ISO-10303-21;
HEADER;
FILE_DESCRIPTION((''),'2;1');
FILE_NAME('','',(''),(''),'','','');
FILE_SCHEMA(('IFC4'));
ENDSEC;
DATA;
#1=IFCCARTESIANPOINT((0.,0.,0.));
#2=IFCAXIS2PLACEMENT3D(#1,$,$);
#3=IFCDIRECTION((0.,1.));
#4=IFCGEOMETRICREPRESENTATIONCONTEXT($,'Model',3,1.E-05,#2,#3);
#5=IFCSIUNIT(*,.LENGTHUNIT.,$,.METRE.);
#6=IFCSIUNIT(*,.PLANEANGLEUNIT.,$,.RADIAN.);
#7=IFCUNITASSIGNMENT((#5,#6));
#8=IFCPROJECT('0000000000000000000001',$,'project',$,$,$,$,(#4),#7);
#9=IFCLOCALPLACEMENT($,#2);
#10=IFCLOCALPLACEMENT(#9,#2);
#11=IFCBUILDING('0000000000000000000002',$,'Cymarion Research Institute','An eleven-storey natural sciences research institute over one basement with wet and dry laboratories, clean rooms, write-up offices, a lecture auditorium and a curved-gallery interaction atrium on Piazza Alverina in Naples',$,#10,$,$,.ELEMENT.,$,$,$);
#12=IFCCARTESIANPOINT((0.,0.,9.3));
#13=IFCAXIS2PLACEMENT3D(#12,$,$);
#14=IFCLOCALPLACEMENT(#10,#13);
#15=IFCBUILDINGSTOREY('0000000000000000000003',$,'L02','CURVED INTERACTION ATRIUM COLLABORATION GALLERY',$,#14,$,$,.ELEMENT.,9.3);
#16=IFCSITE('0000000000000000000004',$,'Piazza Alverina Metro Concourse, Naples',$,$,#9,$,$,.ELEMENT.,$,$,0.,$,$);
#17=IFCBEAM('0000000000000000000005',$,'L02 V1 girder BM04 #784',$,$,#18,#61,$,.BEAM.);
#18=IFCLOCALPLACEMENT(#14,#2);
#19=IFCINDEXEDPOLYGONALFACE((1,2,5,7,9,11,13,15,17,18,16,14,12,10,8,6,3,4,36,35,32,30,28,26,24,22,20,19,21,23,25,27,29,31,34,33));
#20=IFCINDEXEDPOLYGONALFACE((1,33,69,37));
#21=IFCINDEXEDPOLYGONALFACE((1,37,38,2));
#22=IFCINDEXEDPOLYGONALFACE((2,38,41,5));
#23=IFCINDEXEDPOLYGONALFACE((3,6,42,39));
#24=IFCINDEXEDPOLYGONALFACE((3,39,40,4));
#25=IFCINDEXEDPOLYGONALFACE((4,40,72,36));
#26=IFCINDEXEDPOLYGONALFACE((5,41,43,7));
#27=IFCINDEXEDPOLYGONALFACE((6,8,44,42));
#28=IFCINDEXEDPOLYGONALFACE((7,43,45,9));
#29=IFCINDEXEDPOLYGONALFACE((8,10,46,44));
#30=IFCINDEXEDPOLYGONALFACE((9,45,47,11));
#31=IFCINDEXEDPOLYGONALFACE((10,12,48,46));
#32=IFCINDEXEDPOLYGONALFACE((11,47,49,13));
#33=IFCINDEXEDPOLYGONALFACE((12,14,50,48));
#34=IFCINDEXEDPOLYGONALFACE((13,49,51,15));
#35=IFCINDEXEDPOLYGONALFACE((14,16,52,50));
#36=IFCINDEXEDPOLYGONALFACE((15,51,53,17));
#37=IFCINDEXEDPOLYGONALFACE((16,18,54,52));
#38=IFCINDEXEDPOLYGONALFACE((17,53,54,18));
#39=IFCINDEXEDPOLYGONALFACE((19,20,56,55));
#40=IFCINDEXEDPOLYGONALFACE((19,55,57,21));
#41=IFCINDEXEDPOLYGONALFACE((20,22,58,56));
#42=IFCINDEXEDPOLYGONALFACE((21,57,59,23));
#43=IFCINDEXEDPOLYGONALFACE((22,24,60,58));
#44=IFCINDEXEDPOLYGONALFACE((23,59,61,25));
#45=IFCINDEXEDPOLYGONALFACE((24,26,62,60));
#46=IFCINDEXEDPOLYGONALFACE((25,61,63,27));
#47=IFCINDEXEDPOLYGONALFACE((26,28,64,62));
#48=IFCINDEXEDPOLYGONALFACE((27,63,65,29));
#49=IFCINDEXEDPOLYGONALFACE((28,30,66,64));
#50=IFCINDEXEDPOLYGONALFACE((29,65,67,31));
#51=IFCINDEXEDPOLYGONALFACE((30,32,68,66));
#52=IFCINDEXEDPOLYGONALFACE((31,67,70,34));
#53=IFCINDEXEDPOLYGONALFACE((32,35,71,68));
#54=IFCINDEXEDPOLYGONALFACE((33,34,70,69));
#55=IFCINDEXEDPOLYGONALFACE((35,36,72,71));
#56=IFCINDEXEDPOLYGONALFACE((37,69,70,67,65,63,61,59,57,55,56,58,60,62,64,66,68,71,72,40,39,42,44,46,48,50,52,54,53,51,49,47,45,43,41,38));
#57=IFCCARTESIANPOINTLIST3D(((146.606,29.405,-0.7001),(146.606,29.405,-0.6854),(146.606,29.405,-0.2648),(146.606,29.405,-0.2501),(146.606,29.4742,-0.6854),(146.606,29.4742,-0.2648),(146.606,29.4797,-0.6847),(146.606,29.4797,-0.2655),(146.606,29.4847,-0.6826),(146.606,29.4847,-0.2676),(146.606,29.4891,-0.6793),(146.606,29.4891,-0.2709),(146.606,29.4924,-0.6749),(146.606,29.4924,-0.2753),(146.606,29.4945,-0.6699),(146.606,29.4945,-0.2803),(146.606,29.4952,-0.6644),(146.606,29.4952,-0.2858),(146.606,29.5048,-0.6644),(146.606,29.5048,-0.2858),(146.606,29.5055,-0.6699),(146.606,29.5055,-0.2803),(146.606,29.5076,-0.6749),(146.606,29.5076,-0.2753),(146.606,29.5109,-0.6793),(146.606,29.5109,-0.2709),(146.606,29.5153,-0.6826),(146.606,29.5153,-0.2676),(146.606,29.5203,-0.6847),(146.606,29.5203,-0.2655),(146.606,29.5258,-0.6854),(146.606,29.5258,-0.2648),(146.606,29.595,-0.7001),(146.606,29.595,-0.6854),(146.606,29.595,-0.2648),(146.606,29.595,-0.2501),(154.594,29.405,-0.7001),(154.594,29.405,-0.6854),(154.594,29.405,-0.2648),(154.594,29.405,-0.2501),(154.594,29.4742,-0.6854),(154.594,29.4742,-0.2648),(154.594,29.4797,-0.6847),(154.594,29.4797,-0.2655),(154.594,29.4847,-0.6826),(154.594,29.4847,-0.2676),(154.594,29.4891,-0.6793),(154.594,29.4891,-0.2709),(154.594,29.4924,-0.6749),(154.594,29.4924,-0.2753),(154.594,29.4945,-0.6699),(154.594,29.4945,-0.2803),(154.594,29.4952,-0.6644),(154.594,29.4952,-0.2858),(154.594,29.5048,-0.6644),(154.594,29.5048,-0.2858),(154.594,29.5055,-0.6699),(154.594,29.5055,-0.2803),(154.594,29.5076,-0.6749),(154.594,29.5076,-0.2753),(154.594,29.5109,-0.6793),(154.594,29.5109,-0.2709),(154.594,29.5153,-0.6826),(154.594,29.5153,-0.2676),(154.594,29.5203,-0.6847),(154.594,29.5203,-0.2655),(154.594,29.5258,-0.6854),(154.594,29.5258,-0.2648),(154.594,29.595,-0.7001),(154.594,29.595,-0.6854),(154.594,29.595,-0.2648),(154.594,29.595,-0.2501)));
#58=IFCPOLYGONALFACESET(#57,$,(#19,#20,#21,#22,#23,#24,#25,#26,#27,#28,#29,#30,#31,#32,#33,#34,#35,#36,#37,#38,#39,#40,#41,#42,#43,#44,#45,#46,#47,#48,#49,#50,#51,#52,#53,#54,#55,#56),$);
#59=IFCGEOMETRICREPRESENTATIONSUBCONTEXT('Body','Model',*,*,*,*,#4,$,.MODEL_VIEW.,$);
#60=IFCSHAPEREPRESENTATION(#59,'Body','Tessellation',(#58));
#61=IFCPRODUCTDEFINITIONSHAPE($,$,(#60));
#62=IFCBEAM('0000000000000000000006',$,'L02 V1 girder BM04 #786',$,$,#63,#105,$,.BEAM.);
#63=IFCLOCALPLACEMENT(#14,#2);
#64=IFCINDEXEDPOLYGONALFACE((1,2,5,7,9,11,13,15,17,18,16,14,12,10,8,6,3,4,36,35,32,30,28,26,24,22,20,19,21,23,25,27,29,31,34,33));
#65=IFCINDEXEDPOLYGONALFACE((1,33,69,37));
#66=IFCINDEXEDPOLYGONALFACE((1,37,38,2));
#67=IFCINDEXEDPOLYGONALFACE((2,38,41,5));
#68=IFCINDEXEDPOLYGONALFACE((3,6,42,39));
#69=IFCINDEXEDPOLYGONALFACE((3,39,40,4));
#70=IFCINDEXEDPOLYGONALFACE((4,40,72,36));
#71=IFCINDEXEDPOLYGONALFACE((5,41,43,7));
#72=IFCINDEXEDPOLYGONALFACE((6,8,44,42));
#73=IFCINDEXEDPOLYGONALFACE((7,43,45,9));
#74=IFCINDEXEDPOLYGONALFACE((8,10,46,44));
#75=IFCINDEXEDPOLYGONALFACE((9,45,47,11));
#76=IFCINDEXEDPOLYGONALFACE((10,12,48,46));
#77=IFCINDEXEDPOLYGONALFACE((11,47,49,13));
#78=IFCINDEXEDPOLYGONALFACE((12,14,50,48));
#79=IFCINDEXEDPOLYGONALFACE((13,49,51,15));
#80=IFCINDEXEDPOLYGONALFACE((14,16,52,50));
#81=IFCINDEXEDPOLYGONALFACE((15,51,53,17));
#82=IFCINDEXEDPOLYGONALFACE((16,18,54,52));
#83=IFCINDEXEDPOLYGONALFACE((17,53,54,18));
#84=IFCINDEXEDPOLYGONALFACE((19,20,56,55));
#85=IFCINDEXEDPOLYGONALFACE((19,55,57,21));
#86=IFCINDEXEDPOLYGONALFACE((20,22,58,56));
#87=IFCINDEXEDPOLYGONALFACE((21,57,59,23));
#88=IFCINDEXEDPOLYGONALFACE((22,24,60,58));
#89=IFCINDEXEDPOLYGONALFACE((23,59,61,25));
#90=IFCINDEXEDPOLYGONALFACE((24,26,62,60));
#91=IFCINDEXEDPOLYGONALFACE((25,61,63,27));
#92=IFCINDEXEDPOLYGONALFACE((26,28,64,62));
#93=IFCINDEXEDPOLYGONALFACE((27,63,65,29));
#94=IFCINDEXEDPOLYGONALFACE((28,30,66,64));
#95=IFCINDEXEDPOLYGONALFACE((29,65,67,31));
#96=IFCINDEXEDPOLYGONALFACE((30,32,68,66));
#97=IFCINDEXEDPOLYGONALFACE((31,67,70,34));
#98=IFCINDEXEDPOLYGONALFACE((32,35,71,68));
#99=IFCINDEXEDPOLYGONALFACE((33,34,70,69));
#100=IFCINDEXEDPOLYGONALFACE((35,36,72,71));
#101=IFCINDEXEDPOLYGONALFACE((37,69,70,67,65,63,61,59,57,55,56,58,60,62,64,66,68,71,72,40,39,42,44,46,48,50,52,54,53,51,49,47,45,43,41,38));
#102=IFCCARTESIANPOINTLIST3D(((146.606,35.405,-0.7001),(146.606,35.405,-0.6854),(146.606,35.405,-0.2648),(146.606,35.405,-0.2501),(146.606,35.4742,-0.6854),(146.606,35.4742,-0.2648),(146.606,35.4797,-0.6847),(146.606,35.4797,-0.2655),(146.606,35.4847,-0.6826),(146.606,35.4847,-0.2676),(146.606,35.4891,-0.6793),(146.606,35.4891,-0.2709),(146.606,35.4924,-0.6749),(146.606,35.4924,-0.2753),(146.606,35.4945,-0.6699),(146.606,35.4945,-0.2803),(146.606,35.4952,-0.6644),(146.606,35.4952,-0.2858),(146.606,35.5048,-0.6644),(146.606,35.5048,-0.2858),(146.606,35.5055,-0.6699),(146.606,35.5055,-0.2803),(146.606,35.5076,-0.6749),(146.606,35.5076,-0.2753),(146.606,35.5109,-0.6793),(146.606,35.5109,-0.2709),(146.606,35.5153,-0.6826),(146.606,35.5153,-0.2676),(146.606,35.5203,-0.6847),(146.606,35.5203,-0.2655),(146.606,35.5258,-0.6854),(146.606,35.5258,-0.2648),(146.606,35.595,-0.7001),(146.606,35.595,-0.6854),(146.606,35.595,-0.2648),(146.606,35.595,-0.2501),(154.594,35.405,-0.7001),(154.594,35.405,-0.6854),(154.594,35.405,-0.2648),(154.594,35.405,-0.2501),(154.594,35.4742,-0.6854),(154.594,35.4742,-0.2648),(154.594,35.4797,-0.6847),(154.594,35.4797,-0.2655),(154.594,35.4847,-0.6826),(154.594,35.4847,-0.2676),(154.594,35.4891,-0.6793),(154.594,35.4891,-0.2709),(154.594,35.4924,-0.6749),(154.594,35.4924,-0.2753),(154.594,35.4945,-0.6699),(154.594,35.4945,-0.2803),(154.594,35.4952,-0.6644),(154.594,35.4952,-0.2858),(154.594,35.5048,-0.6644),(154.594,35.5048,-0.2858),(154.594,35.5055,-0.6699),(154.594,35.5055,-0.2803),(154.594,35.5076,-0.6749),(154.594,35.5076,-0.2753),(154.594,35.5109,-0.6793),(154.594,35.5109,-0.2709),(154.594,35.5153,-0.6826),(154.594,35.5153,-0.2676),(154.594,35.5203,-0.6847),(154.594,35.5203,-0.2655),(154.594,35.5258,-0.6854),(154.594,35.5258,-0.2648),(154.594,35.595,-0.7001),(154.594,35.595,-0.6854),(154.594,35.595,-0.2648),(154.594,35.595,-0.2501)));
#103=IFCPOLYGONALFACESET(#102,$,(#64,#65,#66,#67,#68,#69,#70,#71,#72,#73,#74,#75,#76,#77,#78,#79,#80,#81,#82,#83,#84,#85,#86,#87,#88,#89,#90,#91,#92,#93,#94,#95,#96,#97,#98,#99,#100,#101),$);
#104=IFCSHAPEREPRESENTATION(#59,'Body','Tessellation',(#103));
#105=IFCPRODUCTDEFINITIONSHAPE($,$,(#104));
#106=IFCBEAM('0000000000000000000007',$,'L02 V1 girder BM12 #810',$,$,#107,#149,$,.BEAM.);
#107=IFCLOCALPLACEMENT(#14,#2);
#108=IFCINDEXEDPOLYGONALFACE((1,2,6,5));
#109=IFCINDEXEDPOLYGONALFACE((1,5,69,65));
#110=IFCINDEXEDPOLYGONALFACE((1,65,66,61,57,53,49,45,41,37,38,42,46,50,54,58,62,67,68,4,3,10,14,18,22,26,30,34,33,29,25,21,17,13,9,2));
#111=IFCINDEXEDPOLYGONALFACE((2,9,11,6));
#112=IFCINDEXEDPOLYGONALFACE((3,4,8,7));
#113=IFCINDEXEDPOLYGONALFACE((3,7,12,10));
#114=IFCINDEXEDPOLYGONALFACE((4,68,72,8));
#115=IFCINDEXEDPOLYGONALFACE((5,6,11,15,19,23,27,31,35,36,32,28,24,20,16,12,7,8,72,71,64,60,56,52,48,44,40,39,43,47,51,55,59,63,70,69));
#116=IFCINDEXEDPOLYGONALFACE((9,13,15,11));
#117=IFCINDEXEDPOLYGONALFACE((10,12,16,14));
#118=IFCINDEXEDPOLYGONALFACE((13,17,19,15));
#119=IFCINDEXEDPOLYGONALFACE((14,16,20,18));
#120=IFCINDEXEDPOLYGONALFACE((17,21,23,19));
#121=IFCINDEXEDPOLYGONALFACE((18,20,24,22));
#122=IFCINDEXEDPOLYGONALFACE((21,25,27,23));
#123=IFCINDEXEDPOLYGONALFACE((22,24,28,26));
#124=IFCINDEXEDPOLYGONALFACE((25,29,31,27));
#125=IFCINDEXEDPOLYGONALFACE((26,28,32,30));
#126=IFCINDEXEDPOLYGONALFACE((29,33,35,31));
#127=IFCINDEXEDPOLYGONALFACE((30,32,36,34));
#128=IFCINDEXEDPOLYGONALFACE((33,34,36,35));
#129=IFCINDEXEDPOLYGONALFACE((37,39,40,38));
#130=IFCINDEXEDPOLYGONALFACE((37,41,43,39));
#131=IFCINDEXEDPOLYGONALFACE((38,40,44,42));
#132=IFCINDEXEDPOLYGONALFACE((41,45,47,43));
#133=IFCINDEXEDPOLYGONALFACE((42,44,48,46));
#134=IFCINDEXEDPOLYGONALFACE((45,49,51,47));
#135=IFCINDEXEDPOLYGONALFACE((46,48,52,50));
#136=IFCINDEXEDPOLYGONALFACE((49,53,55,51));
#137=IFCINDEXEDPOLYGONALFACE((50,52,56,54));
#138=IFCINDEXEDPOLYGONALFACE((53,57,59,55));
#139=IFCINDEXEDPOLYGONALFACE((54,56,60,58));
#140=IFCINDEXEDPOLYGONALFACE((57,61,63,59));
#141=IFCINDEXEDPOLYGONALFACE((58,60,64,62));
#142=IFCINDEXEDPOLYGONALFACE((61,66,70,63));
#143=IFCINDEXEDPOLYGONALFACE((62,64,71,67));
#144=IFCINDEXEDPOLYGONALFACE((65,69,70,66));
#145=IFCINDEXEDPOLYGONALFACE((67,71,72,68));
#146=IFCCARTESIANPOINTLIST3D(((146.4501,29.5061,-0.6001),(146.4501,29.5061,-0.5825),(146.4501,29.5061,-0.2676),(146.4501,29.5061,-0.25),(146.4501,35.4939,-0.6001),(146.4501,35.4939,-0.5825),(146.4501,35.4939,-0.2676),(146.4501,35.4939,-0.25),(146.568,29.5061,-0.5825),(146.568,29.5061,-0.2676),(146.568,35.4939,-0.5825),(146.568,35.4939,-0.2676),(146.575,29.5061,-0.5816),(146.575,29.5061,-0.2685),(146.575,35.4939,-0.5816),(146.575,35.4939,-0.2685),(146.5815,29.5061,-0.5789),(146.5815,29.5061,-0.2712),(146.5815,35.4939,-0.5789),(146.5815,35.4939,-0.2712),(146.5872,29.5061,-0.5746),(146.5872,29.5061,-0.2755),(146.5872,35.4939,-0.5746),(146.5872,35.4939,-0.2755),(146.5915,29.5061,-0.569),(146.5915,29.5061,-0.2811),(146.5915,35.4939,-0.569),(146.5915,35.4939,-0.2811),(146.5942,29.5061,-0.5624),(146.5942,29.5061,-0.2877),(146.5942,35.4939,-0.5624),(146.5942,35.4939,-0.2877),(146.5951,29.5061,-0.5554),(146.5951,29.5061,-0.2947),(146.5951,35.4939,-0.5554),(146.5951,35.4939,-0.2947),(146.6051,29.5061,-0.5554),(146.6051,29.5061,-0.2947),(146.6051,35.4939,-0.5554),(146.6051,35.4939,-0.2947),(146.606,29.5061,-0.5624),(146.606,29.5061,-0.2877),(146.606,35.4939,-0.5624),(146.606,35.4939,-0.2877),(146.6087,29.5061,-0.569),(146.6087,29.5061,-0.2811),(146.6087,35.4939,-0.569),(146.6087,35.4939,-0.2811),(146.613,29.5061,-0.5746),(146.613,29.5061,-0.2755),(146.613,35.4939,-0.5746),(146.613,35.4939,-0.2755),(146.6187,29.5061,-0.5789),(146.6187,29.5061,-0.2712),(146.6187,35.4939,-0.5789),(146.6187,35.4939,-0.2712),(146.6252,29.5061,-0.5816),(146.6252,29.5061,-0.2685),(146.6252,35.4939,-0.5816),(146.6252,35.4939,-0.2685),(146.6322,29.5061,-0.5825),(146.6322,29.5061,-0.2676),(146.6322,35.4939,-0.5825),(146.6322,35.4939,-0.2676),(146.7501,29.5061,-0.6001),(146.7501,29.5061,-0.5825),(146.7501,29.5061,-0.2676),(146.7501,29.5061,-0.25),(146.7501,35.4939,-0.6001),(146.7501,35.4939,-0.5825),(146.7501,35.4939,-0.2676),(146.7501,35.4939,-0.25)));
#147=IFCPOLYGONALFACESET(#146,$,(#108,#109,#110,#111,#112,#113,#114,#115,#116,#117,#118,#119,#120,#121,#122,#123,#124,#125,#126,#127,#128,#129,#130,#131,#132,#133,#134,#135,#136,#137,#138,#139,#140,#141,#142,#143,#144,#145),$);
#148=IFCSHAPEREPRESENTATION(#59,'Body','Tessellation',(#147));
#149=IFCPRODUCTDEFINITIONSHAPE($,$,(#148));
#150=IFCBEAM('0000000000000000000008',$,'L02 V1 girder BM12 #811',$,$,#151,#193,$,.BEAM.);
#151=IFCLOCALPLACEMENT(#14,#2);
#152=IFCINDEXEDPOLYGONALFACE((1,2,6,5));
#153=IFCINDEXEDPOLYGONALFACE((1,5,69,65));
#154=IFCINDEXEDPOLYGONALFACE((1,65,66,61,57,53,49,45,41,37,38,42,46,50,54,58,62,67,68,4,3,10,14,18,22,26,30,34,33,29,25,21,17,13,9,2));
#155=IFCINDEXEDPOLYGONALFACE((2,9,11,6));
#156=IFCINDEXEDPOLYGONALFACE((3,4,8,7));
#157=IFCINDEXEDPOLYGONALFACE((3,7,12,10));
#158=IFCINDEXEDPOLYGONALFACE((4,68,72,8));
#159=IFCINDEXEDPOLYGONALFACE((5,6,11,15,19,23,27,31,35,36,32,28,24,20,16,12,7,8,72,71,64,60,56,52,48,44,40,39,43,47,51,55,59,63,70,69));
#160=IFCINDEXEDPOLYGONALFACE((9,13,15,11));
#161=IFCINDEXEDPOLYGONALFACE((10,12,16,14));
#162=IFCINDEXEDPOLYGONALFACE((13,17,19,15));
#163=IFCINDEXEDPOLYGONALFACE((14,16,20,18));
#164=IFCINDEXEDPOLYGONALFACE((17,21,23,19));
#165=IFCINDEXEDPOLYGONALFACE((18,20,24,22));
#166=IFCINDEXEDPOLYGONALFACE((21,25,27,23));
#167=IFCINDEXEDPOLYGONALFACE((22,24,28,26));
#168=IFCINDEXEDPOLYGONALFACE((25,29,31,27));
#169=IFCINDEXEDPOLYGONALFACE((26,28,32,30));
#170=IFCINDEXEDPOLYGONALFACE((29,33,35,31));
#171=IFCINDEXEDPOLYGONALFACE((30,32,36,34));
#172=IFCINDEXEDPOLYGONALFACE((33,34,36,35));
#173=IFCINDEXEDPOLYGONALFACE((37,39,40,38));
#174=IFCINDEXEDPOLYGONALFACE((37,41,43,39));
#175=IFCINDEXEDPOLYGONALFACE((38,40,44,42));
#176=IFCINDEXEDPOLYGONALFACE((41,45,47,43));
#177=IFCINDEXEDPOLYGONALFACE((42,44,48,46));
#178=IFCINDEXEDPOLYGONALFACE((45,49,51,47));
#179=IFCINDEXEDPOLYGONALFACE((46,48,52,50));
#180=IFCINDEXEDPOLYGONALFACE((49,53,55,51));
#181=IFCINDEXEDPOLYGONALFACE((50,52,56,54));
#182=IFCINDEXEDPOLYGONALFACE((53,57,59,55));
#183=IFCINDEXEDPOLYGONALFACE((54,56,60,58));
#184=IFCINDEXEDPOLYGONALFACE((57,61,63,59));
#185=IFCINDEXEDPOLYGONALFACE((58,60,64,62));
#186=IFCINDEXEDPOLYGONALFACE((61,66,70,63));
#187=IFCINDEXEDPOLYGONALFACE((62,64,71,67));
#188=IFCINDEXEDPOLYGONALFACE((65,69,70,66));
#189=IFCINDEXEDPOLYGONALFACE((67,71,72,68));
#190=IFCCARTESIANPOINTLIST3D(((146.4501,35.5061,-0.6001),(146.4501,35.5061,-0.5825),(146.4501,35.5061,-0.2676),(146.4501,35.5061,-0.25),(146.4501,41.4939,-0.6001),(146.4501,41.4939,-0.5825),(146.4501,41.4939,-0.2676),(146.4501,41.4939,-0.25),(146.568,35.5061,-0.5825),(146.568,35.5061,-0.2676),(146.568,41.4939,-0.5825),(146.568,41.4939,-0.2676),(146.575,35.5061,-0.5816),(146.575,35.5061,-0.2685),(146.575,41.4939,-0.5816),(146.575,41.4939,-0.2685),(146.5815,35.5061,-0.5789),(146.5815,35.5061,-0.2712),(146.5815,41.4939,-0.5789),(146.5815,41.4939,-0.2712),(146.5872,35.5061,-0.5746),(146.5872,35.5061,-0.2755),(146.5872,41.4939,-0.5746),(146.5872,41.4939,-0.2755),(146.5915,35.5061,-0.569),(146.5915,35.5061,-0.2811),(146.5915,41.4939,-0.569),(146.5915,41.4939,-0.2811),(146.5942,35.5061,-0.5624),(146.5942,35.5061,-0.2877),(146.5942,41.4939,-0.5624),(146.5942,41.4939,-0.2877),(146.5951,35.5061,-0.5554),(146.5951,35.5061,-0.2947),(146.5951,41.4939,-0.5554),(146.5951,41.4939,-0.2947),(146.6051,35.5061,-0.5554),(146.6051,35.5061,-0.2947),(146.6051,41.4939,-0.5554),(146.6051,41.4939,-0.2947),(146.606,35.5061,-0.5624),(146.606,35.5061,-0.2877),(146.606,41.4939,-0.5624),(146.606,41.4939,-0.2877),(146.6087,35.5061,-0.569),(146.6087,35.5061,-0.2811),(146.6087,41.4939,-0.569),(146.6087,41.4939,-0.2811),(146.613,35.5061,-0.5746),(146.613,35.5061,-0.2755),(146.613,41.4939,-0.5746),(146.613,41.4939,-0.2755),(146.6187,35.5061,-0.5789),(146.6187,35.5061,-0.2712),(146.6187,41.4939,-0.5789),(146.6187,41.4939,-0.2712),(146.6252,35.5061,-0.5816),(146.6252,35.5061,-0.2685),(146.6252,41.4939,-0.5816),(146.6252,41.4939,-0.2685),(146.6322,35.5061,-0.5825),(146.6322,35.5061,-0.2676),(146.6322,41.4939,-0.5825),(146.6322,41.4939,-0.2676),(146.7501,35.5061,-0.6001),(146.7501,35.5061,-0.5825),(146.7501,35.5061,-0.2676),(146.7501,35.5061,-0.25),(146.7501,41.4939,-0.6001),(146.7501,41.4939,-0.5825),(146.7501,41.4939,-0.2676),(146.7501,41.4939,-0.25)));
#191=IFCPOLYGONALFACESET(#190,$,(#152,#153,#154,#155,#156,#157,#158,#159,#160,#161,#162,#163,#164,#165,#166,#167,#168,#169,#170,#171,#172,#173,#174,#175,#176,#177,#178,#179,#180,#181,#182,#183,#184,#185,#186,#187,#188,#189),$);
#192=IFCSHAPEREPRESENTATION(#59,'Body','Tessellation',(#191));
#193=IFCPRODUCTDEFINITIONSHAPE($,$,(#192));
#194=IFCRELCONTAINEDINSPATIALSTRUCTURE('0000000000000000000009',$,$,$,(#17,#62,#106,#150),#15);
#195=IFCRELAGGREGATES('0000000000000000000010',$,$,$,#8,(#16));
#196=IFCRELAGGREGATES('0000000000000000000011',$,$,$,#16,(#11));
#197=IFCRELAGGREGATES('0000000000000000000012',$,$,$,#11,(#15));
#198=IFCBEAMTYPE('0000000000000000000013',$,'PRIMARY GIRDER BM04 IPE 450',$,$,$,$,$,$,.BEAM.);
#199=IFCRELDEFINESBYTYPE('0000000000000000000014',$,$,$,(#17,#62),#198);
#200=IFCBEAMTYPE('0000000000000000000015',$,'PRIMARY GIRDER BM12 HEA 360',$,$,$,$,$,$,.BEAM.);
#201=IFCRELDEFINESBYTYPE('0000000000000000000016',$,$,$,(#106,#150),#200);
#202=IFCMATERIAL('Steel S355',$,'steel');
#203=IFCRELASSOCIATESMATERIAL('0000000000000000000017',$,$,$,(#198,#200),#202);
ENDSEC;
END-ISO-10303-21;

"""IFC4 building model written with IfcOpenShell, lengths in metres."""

from ifc_helpers import new_model, si_unit, direction, frame, origin, origin_2d, place, context, subcontext, project, spatial, i_section, extrude, material, material_profile, profile_set, type_object, element, save


model = new_model("IFC4")

# Units and contexts
model_context = context("Model", 3, precision=1e-05, world=origin(), true_north=direction((0.0, 1.0)))
body_context = subcontext(model_context, "Body", "Model", "MODEL_VIEW")
ifc_project = project(units=[si_unit("LENGTHUNIT", "METRE"), si_unit("PLANEANGLEUNIT", "RADIAN")], contexts=[model_context])

# Site, building, storey
site_placement = place(None, origin())
site = spatial("IfcSite", under=ifc_project, at=site_placement, Name="Piazza Alverina Metro Concourse, Naples", CompositionType="ELEMENT", RefElevation=0.0)
building_placement = place(site_placement, origin())
building = spatial("IfcBuilding", under=site, at=building_placement, Name="Cymarion Research Institute", Description="An eleven-storey natural sciences research institute over one basement with wet and dry laboratories, clean rooms, write-up offices, a lecture auditorium and a curved-gallery interaction atrium on Piazza Alverina in Naples", CompositionType="ELEMENT")
storey_placement = place(building_placement, frame((0.0, 0.0, 9.3)))
storey = spatial("IfcBuildingStorey", under=building, at=storey_placement, Name="L02", Description="CURVED INTERACTION ATRIUM COLLABORATION GALLERY", CompositionType="ELEMENT", Elevation=9.3)

# Shared definitions
ifc_material_1 = material(Name="Steel S355", Category="steel")

# Beams
ifc_material_profile_1 = material_profile(ifc_material_1, i_section(OverallWidth=0.1899, OverallDepth=0.45, WebThickness=0.0095, FlangeThickness=0.0146, FilletRadius=0.021, at=origin_2d()), Name="IPE 450")
ifc_profile_set_1 = profile_set([ifc_material_profile_1], Name="Steel S355")
beam_type_1 = type_object("IfcBeamType", Name="PRIMARY GIRDER BM04 IPE 450", PredefinedType="BEAM", material=ifc_profile_set_1)
for number, where, z_axis, x_axis, name in (
    (1, (146.606, 29.5, -0.4751), (1.0, 0.0, 0.0), (0.0, 1.0, 0.0), "L02 V1 girder BM04 #784"),
    (2, (146.606, 35.5, -0.4751), (1.0, 0.0, 0.0), (0.0, 1.0, 0.0), "L02 V1 girder BM04 #786"),
):
    element("IfcBeam", number, at=place(storey_placement, frame(where, z_axis=z_axis, x_axis=x_axis)), inside=storey, type_object=beam_type_1, Name=name, PredefinedType="BEAM", context=body_context, shape_type="SweptSolid", body=[
        extrude(i_section(OverallWidth=0.1899, OverallDepth=0.45, WebThickness=0.0095, FlangeThickness=0.0146, FilletRadius=0.021, at=origin_2d()), origin(), (0.0, 0.0, 1.0), 7.988),
    ])
ifc_material_profile_2 = material_profile(ifc_material_1, i_section(OverallWidth=0.3, OverallDepth=0.3501, WebThickness=0.01, FlangeThickness=0.0176, FilletRadius=0.0271, at=origin_2d()), Name="HEA 360")
ifc_profile_set_2 = profile_set([ifc_material_profile_2], Name="Steel S355")
beam_type_2 = type_object("IfcBeamType", Name="PRIMARY GIRDER BM12 HEA 360", PredefinedType="BEAM", material=ifc_profile_set_2)
for number, where, z_axis, x_axis, name in (
    (3, (146.6001, 29.5061, -0.425), (0.0, 1.0, 0.0), (-1.0, 0.0, 0.0), "L02 V1 girder BM12 #810"),
    (4, (146.6001, 35.5061, -0.425), (0.0, 1.0, 0.0), (-1.0, 0.0, 0.0), "L02 V1 girder BM12 #811"),
):
    element("IfcBeam", number, at=place(storey_placement, frame(where, z_axis=z_axis, x_axis=x_axis)), inside=storey, type_object=beam_type_2, Name=name, PredefinedType="BEAM", context=body_context, shape_type="SweptSolid", body=[
        extrude(i_section(OverallWidth=0.3, OverallDepth=0.3501, WebThickness=0.01, FlangeThickness=0.0176, FilletRadius=0.0271, at=origin_2d()), origin(), (0.0, 0.0, 1.0), 5.9878),
    ])

save(model, "model.ifc")
